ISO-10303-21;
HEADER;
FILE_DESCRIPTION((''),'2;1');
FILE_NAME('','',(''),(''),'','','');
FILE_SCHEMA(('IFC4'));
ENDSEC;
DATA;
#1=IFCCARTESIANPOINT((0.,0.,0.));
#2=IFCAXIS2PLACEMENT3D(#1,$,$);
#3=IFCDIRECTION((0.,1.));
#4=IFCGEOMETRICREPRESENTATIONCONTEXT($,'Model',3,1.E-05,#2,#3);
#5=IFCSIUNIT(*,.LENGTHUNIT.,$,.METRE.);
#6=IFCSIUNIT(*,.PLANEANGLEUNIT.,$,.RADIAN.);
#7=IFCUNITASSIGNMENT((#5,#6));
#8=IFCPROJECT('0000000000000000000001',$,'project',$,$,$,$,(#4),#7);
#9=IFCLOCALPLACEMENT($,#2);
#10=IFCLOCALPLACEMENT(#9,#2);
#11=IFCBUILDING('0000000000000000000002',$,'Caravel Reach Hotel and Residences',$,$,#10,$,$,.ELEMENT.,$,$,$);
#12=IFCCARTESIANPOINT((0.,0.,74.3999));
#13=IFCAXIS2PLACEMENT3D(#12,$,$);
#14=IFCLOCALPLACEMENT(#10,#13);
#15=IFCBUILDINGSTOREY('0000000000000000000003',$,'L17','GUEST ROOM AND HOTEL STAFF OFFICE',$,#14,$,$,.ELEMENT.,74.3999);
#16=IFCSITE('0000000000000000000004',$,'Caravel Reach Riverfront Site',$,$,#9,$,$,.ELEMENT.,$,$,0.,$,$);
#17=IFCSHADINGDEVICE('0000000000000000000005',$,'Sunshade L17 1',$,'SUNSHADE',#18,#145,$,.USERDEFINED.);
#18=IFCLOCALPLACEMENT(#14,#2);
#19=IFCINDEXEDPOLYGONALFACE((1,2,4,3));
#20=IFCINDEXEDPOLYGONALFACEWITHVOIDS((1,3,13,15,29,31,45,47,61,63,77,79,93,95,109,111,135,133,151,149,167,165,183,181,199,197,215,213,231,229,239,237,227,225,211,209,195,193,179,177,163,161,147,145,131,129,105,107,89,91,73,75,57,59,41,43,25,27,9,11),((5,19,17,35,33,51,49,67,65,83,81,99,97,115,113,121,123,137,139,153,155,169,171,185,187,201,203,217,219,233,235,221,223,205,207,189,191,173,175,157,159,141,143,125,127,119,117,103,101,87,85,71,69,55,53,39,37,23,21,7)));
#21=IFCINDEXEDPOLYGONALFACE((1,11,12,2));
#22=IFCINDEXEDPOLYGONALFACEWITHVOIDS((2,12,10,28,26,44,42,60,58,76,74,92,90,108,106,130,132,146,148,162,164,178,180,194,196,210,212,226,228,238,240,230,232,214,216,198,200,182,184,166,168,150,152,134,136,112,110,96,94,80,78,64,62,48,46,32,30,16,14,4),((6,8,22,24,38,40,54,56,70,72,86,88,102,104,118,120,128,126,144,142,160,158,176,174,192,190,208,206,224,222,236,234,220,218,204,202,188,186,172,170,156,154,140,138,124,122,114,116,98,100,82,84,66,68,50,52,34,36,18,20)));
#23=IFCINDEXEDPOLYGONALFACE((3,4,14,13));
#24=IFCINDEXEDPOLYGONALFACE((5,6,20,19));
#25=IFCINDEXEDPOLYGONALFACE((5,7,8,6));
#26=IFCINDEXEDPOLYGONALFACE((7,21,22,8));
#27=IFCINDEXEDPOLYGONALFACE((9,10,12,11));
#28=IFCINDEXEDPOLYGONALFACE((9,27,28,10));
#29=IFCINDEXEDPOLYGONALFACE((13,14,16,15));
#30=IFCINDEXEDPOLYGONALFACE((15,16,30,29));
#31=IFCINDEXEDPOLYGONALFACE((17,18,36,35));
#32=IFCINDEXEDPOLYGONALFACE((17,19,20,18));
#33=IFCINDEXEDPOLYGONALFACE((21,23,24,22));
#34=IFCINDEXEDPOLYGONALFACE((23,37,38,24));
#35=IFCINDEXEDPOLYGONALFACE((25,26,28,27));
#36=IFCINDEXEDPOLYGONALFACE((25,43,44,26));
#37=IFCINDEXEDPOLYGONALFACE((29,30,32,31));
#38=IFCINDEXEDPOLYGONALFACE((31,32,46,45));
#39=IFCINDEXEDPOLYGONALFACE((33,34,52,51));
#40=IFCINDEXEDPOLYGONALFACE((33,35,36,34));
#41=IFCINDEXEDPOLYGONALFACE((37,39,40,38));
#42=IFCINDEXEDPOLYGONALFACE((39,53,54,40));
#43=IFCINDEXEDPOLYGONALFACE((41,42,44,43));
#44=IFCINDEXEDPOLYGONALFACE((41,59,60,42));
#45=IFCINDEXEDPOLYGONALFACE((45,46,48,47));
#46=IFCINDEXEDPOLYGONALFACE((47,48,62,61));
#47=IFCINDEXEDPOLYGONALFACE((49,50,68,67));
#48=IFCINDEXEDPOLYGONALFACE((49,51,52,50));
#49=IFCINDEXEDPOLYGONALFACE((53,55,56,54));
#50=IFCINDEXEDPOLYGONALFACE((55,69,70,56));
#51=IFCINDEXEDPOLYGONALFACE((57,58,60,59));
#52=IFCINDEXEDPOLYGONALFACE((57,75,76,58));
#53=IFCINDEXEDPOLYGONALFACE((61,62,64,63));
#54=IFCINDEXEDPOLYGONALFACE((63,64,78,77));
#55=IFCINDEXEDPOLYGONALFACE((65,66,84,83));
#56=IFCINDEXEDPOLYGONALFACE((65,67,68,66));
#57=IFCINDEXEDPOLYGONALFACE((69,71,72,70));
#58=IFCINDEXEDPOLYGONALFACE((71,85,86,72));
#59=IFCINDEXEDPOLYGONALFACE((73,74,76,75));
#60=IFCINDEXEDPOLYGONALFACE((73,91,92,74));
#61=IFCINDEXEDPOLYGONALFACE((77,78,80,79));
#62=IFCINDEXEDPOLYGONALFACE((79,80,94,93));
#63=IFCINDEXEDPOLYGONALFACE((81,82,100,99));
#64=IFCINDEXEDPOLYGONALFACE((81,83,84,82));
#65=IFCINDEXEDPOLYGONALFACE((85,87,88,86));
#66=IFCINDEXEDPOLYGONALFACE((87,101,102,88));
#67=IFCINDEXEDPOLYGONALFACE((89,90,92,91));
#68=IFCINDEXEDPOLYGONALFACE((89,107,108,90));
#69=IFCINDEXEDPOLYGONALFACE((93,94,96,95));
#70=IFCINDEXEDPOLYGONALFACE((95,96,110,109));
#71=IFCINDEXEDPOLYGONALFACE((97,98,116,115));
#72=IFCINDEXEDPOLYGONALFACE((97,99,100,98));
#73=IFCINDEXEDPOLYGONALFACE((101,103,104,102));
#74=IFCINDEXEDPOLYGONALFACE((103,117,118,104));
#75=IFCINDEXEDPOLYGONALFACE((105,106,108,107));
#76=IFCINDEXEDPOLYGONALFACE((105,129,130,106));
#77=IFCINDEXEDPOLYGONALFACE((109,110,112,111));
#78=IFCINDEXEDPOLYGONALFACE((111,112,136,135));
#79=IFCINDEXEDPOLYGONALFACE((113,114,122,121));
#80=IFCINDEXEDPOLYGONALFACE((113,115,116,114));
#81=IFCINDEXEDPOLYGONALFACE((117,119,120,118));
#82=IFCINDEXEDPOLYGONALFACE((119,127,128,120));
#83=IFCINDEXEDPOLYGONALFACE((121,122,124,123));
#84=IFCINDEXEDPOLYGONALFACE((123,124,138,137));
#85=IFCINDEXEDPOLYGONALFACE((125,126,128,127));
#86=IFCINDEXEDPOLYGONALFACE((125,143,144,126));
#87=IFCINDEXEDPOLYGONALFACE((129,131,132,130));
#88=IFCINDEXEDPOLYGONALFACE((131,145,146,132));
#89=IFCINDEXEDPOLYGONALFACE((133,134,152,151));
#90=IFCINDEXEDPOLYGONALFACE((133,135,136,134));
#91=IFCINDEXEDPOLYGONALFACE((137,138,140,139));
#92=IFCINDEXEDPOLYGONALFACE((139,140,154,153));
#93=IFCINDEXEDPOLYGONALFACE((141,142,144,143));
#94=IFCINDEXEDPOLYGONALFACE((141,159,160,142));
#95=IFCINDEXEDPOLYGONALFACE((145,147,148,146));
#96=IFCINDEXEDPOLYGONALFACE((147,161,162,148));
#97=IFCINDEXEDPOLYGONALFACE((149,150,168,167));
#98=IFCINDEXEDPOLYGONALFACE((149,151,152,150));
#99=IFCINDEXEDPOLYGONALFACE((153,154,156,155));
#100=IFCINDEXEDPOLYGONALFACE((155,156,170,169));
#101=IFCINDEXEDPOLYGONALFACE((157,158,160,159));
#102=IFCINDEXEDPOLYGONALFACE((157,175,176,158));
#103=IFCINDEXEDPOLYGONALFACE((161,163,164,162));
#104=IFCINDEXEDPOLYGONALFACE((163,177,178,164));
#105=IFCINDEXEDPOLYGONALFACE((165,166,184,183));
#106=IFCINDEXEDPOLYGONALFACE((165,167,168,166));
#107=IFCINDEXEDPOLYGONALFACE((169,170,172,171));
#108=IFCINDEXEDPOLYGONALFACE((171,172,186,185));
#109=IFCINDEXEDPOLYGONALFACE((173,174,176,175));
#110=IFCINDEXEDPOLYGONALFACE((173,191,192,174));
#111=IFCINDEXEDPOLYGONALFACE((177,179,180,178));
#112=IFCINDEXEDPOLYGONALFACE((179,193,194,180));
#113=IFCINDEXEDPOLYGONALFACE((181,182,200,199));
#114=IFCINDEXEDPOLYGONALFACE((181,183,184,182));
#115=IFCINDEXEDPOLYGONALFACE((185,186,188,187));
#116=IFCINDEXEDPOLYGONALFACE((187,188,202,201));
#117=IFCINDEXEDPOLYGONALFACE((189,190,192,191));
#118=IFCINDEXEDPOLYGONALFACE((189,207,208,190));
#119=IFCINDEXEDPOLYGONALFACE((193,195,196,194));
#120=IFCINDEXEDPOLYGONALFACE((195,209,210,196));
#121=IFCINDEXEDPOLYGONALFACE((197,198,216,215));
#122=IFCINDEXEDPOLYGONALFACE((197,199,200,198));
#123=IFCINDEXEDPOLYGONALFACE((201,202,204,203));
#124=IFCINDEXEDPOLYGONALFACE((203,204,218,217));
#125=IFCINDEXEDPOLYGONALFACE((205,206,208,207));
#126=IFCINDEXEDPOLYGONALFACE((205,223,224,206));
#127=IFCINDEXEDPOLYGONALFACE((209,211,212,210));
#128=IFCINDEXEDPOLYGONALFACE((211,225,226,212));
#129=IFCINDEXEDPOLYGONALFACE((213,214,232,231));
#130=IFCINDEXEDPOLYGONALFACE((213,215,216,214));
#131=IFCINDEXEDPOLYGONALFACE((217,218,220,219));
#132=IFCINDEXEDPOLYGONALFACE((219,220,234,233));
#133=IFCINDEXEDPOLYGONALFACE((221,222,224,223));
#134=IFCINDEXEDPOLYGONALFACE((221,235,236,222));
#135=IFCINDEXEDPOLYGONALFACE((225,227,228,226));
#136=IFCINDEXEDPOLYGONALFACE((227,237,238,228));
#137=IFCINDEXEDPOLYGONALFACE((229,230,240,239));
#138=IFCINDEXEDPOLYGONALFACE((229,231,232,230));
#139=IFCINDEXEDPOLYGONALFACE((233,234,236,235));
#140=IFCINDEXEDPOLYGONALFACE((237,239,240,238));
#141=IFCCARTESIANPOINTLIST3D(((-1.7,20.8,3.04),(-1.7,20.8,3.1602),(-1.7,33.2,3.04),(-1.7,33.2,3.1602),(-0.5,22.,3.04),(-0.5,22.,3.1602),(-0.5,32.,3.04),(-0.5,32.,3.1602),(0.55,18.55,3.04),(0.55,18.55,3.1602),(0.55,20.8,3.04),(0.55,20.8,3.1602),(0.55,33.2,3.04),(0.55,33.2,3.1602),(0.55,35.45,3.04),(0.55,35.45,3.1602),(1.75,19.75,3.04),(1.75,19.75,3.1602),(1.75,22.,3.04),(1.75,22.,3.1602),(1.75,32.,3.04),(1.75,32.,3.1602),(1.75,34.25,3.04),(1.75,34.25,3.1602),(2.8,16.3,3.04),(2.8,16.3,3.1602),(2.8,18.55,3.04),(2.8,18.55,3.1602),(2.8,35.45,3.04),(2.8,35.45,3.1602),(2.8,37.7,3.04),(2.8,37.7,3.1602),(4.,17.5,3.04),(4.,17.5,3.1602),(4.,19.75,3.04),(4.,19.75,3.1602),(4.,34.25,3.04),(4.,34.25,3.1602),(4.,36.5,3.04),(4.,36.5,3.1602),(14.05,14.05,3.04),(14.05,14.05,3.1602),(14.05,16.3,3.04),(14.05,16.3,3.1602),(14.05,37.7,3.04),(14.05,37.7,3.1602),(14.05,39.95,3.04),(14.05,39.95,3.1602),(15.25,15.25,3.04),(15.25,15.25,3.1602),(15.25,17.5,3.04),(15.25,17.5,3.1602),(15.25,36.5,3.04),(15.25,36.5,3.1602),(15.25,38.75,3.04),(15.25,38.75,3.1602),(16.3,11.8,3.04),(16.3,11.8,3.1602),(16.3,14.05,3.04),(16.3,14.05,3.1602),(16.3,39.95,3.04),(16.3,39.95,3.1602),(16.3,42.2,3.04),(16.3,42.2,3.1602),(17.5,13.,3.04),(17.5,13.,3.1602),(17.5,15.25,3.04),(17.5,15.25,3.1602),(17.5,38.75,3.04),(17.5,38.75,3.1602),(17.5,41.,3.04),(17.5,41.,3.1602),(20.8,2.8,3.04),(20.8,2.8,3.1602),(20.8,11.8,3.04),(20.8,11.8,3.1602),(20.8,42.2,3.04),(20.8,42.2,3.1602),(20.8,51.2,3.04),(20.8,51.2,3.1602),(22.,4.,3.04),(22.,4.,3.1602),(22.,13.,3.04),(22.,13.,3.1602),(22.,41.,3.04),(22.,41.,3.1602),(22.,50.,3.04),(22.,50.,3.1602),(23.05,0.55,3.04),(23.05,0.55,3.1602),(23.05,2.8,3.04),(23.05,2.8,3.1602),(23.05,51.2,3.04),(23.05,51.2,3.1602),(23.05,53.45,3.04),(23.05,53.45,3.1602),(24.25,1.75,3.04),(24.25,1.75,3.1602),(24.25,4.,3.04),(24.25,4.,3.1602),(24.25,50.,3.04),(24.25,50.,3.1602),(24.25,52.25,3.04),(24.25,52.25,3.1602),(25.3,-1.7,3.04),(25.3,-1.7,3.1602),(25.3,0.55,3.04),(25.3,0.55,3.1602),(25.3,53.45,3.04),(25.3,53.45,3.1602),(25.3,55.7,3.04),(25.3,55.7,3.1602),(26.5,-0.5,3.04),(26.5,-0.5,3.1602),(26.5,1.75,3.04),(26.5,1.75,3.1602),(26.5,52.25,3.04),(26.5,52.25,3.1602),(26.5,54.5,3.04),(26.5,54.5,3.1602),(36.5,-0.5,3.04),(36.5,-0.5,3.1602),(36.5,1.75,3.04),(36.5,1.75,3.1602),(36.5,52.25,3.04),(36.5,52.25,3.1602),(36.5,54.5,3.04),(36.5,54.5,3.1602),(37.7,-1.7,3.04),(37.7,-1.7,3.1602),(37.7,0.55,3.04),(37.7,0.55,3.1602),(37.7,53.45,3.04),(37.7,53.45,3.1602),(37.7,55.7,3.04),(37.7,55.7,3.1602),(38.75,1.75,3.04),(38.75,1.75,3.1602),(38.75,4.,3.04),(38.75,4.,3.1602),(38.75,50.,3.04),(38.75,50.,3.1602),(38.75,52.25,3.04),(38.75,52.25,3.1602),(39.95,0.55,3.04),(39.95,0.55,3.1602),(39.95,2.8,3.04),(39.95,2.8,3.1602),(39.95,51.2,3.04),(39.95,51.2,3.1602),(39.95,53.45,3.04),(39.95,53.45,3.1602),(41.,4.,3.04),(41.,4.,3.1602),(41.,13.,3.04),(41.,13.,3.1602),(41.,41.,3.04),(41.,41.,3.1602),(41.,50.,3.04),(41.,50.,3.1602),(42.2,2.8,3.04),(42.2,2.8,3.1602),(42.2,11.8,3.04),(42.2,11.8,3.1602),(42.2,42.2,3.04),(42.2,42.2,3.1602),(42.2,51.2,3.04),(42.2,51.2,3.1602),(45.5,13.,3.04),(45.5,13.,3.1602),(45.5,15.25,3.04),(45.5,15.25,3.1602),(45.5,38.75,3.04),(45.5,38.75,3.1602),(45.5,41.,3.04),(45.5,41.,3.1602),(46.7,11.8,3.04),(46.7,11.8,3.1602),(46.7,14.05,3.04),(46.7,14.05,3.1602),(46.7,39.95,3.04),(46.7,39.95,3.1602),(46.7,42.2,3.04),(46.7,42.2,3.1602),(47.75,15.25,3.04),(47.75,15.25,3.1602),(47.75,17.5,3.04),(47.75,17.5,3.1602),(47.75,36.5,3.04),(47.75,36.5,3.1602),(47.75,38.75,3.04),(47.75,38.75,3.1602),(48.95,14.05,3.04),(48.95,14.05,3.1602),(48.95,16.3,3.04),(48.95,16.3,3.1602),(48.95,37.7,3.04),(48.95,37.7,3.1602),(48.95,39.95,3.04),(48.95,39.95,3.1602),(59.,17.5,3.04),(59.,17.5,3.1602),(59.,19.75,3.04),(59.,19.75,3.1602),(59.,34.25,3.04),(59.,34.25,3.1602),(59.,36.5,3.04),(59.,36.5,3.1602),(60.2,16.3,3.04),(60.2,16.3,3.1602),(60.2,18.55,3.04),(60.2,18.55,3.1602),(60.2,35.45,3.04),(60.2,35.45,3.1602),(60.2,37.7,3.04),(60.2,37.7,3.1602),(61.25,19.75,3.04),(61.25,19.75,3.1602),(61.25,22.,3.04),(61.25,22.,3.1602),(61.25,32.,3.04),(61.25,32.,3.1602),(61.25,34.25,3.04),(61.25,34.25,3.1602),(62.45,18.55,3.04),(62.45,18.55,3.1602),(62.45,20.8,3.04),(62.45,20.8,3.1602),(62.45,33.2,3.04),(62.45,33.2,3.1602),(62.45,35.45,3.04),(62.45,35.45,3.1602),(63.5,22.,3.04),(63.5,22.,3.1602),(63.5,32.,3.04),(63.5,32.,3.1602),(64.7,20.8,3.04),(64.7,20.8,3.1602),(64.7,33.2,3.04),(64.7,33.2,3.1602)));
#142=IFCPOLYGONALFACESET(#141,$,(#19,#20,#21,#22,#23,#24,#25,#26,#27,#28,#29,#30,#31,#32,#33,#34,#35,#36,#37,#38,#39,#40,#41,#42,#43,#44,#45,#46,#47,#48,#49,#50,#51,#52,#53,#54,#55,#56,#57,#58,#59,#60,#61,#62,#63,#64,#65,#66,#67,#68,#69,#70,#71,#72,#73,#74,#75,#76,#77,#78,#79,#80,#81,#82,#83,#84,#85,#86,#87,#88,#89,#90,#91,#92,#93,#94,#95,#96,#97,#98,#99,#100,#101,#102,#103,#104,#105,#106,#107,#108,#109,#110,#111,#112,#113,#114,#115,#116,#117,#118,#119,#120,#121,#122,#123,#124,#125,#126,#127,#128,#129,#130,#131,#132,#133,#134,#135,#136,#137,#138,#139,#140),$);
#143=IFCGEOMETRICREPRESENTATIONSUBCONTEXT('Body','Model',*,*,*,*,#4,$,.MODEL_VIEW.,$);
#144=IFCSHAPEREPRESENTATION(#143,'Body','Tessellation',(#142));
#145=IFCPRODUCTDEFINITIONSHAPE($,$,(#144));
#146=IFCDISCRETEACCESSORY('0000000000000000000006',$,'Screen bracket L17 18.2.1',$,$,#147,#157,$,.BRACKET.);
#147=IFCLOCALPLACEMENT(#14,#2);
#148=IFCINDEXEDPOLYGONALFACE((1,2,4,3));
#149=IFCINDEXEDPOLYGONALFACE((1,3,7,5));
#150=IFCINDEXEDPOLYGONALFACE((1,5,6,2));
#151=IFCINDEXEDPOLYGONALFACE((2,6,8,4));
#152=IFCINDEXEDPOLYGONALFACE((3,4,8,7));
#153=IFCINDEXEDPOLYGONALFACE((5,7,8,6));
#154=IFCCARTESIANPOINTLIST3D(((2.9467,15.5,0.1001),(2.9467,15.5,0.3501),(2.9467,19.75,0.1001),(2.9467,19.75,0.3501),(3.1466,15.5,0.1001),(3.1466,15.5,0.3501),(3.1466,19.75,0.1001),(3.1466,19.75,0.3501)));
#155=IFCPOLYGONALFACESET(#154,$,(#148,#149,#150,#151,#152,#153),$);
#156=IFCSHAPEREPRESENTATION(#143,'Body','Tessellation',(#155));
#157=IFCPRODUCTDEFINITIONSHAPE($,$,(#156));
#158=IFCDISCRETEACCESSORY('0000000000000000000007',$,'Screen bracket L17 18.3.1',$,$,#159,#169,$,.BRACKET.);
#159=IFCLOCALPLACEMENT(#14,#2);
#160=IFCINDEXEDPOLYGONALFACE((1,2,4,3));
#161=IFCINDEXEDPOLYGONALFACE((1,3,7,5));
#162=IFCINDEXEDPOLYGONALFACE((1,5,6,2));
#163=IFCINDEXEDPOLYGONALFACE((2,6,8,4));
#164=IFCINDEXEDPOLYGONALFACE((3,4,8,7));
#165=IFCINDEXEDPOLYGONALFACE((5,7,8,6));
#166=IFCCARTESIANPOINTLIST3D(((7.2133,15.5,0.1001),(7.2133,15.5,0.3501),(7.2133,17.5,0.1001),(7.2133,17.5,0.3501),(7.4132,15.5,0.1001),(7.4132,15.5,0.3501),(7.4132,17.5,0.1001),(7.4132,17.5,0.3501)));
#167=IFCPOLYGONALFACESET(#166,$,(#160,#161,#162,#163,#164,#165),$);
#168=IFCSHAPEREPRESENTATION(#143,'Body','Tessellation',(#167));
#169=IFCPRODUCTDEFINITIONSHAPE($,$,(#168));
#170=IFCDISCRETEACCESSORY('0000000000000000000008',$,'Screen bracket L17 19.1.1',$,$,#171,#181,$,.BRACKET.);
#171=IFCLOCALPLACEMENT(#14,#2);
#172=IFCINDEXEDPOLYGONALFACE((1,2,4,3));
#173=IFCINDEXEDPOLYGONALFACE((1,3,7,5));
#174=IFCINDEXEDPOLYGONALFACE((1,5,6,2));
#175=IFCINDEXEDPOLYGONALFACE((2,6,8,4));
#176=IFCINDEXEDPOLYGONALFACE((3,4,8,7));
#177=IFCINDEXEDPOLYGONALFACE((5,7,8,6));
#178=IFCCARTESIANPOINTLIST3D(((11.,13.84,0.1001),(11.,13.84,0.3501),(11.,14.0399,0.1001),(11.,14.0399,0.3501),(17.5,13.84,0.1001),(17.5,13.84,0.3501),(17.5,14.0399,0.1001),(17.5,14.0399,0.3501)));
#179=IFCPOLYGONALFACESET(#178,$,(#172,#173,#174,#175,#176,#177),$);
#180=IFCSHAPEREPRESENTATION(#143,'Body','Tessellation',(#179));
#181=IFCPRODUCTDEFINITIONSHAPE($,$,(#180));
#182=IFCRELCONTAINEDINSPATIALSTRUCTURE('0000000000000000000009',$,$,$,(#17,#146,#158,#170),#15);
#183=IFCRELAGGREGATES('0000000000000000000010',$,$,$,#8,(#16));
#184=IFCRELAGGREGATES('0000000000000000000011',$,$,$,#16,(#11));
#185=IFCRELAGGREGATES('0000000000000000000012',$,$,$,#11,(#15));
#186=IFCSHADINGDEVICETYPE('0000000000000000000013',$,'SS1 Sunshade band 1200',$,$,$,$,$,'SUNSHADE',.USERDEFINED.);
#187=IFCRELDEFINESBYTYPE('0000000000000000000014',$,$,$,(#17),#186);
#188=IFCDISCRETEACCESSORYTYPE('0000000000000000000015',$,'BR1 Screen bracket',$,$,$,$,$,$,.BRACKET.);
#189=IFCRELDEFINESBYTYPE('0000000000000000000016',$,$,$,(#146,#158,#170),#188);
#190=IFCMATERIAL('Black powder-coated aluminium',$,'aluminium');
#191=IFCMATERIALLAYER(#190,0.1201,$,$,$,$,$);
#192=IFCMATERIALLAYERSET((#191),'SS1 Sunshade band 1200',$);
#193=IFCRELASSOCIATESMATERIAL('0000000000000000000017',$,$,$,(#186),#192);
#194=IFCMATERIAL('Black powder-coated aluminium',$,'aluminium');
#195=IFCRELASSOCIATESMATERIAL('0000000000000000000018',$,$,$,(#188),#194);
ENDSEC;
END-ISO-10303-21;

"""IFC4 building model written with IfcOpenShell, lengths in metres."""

from ifc_helpers import new_model, si_unit, direction, frame, origin, origin_2d, place, context, subcontext, project, spatial, polyline, rectangle, outline, extrude, material, layer, layer_set, type_object, element, save


model = new_model("IFC4")

# Units and contexts
model_context = context("Model", 3, precision=1e-05, world=origin(), true_north=direction((0.0, 1.0)))
body_context = subcontext(model_context, "Body", "Model", "MODEL_VIEW")
ifc_project = project(units=[si_unit("LENGTHUNIT", "METRE"), si_unit("PLANEANGLEUNIT", "RADIAN")], contexts=[model_context])

# Site, building, storey
site_placement = place(None, origin())
site = spatial("IfcSite", under=ifc_project, at=site_placement, Name="Caravel Reach Riverfront Site", CompositionType="ELEMENT", RefElevation=0.0)
building_placement = place(site_placement, origin())
building = spatial("IfcBuilding", under=site, at=building_placement, Name="Caravel Reach Hotel and Residences", CompositionType="ELEMENT")
storey_placement = place(building_placement, frame((0.0, 0.0, 74.3999)))
storey = spatial("IfcBuildingStorey", under=building, at=storey_placement, Name="L17", Description="GUEST ROOM AND HOTEL STAFF OFFICE", CompositionType="ELEMENT", Elevation=74.3999)

# Shading device
ifc_material_1 = material(Name="Black powder-coated aluminium", Category="aluminium")
ifc_layer_1 = layer(ifc_material_1, 0.1201)
ifc_layer_set_1 = layer_set([ifc_layer_1], Name="SS1 Sunshade band 1200")
shading_device_type_1 = type_object("IfcShadingDeviceType", Name="SS1 Sunshade band 1200", ElementType="SUNSHADE", PredefinedType="USERDEFINED", material=ifc_layer_set_1)
shading_device_1_placement = place(storey_placement, frame((0.0, 0.0, 3.04)))
element("IfcShadingDevice", 1, at=shading_device_1_placement, inside=storey, type_object=shading_device_type_1, Name="Sunshade L17 1", ObjectType="SUNSHADE", PredefinedType="USERDEFINED", context=body_context, shape_type="SweptSolid", body=[
    extrude(outline(polyline([(20.8, 11.8), (20.8, 2.8), (23.05, 2.8), (23.05, 0.55), (25.3, 0.55), (25.3, -1.7), (37.7, -1.7), (37.7, 0.55), (39.95, 0.55), (39.95, 2.8), (42.2, 2.8), (42.2, 11.8), (46.7, 11.8), (46.7, 14.05), (48.95, 14.05), (48.95, 16.3), (60.2, 16.3), (60.2, 18.55), (62.45, 18.55), (62.45, 20.8), (64.7, 20.8), (64.7, 33.2), (62.45, 33.2), (62.45, 35.45), (60.2, 35.45), (60.2, 37.7), (48.95, 37.7), (48.95, 39.95), (46.7, 39.95), (46.7, 42.2), (42.2, 42.2), (42.2, 51.2), (39.95, 51.2), (39.95, 53.45), (37.7, 53.45), (37.7, 55.7), (25.3, 55.7), (25.3, 53.45), (23.05, 53.45), (23.05, 51.2), (20.8, 51.2), (20.8, 42.2), (16.3, 42.2), (16.3, 39.95), (14.05, 39.95), (14.05, 37.7), (2.8, 37.7), (2.8, 35.45), (0.55, 35.45), (0.55, 33.2), (-1.7, 33.2), (-1.7, 20.8), (0.55, 20.8), (0.55, 18.55), (2.8, 18.55), (2.8, 16.3), (14.05, 16.3), (14.05, 14.05), (16.3, 14.05), (16.3, 11.8), (20.8, 11.8)]), holes=[polyline([(24.25, 4.0), (22.0, 4.0), (22.0, 13.0), (17.5, 13.0), (17.5, 15.25), (15.25, 15.25), (15.25, 17.5), (4.0, 17.5), (4.0, 19.75), (1.75, 19.75), (1.75, 22.0), (-0.5, 22.0), (-0.5, 32.0), (1.75, 32.0), (1.75, 34.25), (4.0, 34.25), (4.0, 36.5), (15.25, 36.5), (15.25, 38.75), (17.5, 38.75), (17.5, 41.0), (22.0, 41.0), (22.0, 50.0), (24.25, 50.0), (24.25, 52.25), (26.5, 52.25), (26.5, 54.5), (36.5, 54.5), (36.5, 52.25), (38.75, 52.25), (38.75, 50.0), (41.0, 50.0), (41.0, 41.0), (45.5, 41.0), (45.5, 38.75), (47.75, 38.75), (47.75, 36.5), (59.0, 36.5), (59.0, 34.25), (61.25, 34.25), (61.25, 32.0), (63.5, 32.0), (63.5, 22.0), (61.25, 22.0), (61.25, 19.75), (59.0, 19.75), (59.0, 17.5), (47.75, 17.5), (47.75, 15.25), (45.5, 15.25), (45.5, 13.0), (41.0, 13.0), (41.0, 4.0), (38.75, 4.0), (38.75, 1.75), (36.5, 1.75), (36.5, -0.5), (26.5, -0.5), (26.5, 1.75), (24.25, 1.75), (24.25, 4.0)])]), origin(), (0.0, 0.0, 1.0), 0.1201),
])

# Discrete accessories
ifc_material_2 = material(Name="Black powder-coated aluminium", Category="aluminium")
discrete_accessory_type = type_object("IfcDiscreteAccessoryType", Name="BR1 Screen bracket", PredefinedType="BRACKET", material=ifc_material_2)
discrete_accessory_1_placement = place(storey_placement, frame((3.0466, 17.625, 0.1001), z_axis=(0.0, 0.0, 1.0), x_axis=(0.0, -1.0, 0.0)))
element("IfcDiscreteAccessory", 2, at=discrete_accessory_1_placement, inside=storey, type_object=discrete_accessory_type, Name="Screen bracket L17 18.2.1", PredefinedType="BRACKET", context=body_context, shape_type="SweptSolid", body=[
    extrude(rectangle(XDim=4.25, YDim=0.2, at=origin_2d()), origin(), (0.0, 0.0, 1.0), 0.25),
])
discrete_accessory_2_placement = place(storey_placement, frame((7.3132, 16.5, 0.1001), z_axis=(0.0, 0.0, 1.0), x_axis=(0.0, -1.0, 0.0)))
element("IfcDiscreteAccessory", 3, at=discrete_accessory_2_placement, inside=storey, type_object=discrete_accessory_type, Name="Screen bracket L17 18.3.1", PredefinedType="BRACKET", context=body_context, shape_type="SweptSolid", body=[
    extrude(rectangle(XDim=2.0, YDim=0.2, at=origin_2d()), origin(), (0.0, 0.0, 1.0), 0.25),
])
for number, where, z_axis, x_axis, name in (
    (4, (14.25, 13.9399, 0.1001), (0.0, 0.0, 1.0), (-1.0, 0.0, 0.0), "Screen bracket L17 19.1.1"),
):
    element("IfcDiscreteAccessory", number, at=place(storey_placement, frame(where, z_axis=z_axis, x_axis=x_axis)), inside=storey, type_object=discrete_accessory_type, Name=name, PredefinedType="BRACKET", context=body_context, shape_type="SweptSolid", body=[
        extrude(rectangle(XDim=6.5, YDim=0.2, at=origin_2d()), origin(), (0.0, 0.0, 1.0), 0.25),
    ])

save(model, "model.ifc")
